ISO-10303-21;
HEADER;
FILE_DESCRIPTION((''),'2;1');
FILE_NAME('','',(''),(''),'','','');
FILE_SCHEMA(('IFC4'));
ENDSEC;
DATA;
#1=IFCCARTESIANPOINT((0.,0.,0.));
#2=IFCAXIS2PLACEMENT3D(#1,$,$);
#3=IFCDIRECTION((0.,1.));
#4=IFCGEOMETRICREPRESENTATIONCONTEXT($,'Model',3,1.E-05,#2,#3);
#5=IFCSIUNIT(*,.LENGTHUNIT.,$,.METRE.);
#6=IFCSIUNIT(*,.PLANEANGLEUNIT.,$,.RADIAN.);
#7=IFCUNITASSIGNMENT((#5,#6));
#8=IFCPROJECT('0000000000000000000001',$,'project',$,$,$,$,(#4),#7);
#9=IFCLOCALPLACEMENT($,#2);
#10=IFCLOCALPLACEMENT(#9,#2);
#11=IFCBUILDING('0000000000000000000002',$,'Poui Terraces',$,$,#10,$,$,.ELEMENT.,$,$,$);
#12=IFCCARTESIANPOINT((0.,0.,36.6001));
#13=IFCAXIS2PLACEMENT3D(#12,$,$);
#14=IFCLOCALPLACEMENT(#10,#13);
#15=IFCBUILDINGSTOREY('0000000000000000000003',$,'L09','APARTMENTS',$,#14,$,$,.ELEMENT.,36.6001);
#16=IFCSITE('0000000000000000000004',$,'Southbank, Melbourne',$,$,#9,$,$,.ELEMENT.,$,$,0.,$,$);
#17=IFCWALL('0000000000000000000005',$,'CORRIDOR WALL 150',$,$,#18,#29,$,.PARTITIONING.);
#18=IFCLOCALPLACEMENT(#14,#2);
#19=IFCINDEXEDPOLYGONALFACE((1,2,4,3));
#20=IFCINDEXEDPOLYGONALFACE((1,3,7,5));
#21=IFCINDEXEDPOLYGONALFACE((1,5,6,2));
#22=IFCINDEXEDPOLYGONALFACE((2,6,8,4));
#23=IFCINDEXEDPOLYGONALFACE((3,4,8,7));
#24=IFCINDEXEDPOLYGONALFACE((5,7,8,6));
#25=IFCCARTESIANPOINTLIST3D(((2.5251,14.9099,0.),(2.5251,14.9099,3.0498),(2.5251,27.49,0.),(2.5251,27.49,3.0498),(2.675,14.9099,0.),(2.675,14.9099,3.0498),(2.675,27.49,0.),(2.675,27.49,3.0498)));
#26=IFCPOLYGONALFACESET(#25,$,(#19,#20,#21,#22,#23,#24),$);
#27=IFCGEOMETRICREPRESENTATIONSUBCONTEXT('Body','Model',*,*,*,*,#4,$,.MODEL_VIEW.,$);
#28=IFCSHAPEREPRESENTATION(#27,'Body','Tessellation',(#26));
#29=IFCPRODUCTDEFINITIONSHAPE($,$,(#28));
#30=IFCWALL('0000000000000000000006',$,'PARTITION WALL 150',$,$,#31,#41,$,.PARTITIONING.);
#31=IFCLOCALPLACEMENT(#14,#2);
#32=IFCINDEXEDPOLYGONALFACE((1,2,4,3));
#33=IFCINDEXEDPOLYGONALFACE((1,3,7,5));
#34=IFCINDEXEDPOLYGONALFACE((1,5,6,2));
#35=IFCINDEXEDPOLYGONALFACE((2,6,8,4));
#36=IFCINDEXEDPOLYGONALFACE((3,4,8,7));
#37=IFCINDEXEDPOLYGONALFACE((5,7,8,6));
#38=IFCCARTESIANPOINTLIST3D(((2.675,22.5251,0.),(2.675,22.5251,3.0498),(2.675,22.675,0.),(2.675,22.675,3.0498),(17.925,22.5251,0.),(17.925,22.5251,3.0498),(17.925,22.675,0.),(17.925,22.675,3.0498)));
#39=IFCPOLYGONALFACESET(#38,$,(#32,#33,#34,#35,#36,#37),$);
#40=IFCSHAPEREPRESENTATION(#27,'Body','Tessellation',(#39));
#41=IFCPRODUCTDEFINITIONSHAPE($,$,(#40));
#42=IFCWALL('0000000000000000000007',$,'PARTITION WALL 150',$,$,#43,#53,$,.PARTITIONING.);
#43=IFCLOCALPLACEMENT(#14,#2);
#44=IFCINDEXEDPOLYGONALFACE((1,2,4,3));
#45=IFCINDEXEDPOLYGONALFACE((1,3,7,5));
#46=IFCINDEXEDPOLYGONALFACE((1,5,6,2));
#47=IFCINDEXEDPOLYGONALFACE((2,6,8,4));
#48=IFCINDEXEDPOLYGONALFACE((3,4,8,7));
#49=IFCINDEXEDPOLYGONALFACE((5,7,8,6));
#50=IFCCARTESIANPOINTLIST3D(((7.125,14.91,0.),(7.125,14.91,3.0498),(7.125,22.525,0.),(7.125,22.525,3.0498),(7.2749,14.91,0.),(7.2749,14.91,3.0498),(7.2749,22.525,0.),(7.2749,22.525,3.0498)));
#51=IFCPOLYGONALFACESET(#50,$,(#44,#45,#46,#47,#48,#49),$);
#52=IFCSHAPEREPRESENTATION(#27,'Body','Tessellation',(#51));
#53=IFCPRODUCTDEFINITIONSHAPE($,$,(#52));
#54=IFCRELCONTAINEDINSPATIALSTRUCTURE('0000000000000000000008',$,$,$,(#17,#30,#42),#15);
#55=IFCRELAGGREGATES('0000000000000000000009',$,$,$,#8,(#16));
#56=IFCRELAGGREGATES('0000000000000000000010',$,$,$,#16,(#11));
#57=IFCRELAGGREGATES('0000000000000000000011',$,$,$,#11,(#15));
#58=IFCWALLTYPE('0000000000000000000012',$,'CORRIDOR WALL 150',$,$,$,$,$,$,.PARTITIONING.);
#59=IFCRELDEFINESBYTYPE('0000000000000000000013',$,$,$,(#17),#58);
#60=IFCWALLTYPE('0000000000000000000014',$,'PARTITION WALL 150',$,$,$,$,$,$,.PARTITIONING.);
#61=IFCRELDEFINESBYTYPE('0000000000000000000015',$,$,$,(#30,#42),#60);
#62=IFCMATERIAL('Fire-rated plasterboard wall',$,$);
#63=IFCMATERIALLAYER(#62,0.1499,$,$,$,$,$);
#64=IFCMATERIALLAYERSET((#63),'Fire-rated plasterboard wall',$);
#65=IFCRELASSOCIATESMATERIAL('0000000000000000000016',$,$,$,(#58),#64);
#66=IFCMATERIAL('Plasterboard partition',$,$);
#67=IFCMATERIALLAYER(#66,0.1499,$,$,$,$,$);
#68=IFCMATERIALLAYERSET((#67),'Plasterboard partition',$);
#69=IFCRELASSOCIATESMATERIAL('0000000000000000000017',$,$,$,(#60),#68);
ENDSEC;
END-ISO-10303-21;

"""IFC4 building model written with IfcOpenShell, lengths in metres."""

from ifc_helpers import new_model, si_unit, direction, frame, frame_2d, origin, place, context, subcontext, project, spatial, rectangle, extrude, material, layer, layer_set, type_object, element, save


model = new_model("IFC4")

# Units and contexts
model_context = context("Model", 3, precision=1e-05, world=origin(), true_north=direction((0.0, 1.0)))
body_context = subcontext(model_context, "Body", "Model", "MODEL_VIEW")
ifc_project = project(units=[si_unit("LENGTHUNIT", "METRE"), si_unit("PLANEANGLEUNIT", "RADIAN")], contexts=[model_context])

# Site, building, storey
site_placement = place(None, origin())
site = spatial("IfcSite", under=ifc_project, at=site_placement, Name="Southbank, Melbourne", CompositionType="ELEMENT", RefElevation=0.0)
building_placement = place(site_placement, origin())
building = spatial("IfcBuilding", under=site, at=building_placement, Name="Poui Terraces", CompositionType="ELEMENT")
storey_placement = place(building_placement, frame((0.0, 0.0, 36.6001)))
storey = spatial("IfcBuildingStorey", under=building, at=storey_placement, Name="L09", Description="APARTMENTS", CompositionType="ELEMENT", Elevation=36.6001)

# Walls
ifc_material_1 = material(Name="Fire-rated plasterboard wall")
ifc_layer_1 = layer(ifc_material_1, 0.1499)
ifc_layer_set_1 = layer_set([ifc_layer_1], Name="Fire-rated plasterboard wall")
wall_type_1 = type_object("IfcWallType", Name="CORRIDOR WALL 150", PredefinedType="PARTITIONING", material=ifc_layer_set_1)
wall_1_placement = place(storey_placement, frame((2.6001, 14.9099, 0.0), z_axis=(0.0, 0.0, 1.0), x_axis=(0.0, 1.0, 0.0)))
element("IfcWall", 1, at=wall_1_placement, inside=storey, type_object=wall_type_1, Name="CORRIDOR WALL 150", PredefinedType="PARTITIONING", context=body_context, shape_type="SweptSolid", body=[
    extrude(rectangle(XDim=12.5801, YDim=0.1499, at=frame_2d((6.29, 0.0))), origin(), (0.0, 0.0, 1.0), 3.0498),
])
ifc_material_2 = material(Name="Plasterboard partition")
ifc_layer_2 = layer(ifc_material_2, 0.1499)
ifc_layer_set_2 = layer_set([ifc_layer_2], Name="Plasterboard partition")
wall_type_2 = type_object("IfcWallType", Name="PARTITION WALL 150", PredefinedType="PARTITIONING", material=ifc_layer_set_2)
wall_2_placement = place(storey_placement, frame((2.675, 22.6001, 0.0), z_axis=(0.0, 0.0, 1.0), x_axis=(1.0, 0.0, 0.0)))
element("IfcWall", 2, at=wall_2_placement, inside=storey, type_object=wall_type_2, Name="PARTITION WALL 150", PredefinedType="PARTITIONING", context=body_context, shape_type="SweptSolid", body=[
    extrude(rectangle(XDim=15.25, YDim=0.1499, at=frame_2d((7.625, 0.0))), origin(), (0.0, 0.0, 1.0), 3.0498),
])
wall_3_placement = place(storey_placement, frame((7.2, 14.9099, 0.0), z_axis=(0.0, 0.0, 1.0), x_axis=(0.0, 1.0, 0.0)))
element("IfcWall", 3, at=wall_3_placement, inside=storey, type_object=wall_type_2, Name="PARTITION WALL 150", PredefinedType="PARTITIONING", context=body_context, shape_type="SweptSolid", body=[
    extrude(rectangle(XDim=7.615, YDim=0.1499, at=frame_2d((3.8076, 0.0))), origin(), (0.0, 0.0, 1.0), 3.0498),
])

save(model, "model.ifc")
